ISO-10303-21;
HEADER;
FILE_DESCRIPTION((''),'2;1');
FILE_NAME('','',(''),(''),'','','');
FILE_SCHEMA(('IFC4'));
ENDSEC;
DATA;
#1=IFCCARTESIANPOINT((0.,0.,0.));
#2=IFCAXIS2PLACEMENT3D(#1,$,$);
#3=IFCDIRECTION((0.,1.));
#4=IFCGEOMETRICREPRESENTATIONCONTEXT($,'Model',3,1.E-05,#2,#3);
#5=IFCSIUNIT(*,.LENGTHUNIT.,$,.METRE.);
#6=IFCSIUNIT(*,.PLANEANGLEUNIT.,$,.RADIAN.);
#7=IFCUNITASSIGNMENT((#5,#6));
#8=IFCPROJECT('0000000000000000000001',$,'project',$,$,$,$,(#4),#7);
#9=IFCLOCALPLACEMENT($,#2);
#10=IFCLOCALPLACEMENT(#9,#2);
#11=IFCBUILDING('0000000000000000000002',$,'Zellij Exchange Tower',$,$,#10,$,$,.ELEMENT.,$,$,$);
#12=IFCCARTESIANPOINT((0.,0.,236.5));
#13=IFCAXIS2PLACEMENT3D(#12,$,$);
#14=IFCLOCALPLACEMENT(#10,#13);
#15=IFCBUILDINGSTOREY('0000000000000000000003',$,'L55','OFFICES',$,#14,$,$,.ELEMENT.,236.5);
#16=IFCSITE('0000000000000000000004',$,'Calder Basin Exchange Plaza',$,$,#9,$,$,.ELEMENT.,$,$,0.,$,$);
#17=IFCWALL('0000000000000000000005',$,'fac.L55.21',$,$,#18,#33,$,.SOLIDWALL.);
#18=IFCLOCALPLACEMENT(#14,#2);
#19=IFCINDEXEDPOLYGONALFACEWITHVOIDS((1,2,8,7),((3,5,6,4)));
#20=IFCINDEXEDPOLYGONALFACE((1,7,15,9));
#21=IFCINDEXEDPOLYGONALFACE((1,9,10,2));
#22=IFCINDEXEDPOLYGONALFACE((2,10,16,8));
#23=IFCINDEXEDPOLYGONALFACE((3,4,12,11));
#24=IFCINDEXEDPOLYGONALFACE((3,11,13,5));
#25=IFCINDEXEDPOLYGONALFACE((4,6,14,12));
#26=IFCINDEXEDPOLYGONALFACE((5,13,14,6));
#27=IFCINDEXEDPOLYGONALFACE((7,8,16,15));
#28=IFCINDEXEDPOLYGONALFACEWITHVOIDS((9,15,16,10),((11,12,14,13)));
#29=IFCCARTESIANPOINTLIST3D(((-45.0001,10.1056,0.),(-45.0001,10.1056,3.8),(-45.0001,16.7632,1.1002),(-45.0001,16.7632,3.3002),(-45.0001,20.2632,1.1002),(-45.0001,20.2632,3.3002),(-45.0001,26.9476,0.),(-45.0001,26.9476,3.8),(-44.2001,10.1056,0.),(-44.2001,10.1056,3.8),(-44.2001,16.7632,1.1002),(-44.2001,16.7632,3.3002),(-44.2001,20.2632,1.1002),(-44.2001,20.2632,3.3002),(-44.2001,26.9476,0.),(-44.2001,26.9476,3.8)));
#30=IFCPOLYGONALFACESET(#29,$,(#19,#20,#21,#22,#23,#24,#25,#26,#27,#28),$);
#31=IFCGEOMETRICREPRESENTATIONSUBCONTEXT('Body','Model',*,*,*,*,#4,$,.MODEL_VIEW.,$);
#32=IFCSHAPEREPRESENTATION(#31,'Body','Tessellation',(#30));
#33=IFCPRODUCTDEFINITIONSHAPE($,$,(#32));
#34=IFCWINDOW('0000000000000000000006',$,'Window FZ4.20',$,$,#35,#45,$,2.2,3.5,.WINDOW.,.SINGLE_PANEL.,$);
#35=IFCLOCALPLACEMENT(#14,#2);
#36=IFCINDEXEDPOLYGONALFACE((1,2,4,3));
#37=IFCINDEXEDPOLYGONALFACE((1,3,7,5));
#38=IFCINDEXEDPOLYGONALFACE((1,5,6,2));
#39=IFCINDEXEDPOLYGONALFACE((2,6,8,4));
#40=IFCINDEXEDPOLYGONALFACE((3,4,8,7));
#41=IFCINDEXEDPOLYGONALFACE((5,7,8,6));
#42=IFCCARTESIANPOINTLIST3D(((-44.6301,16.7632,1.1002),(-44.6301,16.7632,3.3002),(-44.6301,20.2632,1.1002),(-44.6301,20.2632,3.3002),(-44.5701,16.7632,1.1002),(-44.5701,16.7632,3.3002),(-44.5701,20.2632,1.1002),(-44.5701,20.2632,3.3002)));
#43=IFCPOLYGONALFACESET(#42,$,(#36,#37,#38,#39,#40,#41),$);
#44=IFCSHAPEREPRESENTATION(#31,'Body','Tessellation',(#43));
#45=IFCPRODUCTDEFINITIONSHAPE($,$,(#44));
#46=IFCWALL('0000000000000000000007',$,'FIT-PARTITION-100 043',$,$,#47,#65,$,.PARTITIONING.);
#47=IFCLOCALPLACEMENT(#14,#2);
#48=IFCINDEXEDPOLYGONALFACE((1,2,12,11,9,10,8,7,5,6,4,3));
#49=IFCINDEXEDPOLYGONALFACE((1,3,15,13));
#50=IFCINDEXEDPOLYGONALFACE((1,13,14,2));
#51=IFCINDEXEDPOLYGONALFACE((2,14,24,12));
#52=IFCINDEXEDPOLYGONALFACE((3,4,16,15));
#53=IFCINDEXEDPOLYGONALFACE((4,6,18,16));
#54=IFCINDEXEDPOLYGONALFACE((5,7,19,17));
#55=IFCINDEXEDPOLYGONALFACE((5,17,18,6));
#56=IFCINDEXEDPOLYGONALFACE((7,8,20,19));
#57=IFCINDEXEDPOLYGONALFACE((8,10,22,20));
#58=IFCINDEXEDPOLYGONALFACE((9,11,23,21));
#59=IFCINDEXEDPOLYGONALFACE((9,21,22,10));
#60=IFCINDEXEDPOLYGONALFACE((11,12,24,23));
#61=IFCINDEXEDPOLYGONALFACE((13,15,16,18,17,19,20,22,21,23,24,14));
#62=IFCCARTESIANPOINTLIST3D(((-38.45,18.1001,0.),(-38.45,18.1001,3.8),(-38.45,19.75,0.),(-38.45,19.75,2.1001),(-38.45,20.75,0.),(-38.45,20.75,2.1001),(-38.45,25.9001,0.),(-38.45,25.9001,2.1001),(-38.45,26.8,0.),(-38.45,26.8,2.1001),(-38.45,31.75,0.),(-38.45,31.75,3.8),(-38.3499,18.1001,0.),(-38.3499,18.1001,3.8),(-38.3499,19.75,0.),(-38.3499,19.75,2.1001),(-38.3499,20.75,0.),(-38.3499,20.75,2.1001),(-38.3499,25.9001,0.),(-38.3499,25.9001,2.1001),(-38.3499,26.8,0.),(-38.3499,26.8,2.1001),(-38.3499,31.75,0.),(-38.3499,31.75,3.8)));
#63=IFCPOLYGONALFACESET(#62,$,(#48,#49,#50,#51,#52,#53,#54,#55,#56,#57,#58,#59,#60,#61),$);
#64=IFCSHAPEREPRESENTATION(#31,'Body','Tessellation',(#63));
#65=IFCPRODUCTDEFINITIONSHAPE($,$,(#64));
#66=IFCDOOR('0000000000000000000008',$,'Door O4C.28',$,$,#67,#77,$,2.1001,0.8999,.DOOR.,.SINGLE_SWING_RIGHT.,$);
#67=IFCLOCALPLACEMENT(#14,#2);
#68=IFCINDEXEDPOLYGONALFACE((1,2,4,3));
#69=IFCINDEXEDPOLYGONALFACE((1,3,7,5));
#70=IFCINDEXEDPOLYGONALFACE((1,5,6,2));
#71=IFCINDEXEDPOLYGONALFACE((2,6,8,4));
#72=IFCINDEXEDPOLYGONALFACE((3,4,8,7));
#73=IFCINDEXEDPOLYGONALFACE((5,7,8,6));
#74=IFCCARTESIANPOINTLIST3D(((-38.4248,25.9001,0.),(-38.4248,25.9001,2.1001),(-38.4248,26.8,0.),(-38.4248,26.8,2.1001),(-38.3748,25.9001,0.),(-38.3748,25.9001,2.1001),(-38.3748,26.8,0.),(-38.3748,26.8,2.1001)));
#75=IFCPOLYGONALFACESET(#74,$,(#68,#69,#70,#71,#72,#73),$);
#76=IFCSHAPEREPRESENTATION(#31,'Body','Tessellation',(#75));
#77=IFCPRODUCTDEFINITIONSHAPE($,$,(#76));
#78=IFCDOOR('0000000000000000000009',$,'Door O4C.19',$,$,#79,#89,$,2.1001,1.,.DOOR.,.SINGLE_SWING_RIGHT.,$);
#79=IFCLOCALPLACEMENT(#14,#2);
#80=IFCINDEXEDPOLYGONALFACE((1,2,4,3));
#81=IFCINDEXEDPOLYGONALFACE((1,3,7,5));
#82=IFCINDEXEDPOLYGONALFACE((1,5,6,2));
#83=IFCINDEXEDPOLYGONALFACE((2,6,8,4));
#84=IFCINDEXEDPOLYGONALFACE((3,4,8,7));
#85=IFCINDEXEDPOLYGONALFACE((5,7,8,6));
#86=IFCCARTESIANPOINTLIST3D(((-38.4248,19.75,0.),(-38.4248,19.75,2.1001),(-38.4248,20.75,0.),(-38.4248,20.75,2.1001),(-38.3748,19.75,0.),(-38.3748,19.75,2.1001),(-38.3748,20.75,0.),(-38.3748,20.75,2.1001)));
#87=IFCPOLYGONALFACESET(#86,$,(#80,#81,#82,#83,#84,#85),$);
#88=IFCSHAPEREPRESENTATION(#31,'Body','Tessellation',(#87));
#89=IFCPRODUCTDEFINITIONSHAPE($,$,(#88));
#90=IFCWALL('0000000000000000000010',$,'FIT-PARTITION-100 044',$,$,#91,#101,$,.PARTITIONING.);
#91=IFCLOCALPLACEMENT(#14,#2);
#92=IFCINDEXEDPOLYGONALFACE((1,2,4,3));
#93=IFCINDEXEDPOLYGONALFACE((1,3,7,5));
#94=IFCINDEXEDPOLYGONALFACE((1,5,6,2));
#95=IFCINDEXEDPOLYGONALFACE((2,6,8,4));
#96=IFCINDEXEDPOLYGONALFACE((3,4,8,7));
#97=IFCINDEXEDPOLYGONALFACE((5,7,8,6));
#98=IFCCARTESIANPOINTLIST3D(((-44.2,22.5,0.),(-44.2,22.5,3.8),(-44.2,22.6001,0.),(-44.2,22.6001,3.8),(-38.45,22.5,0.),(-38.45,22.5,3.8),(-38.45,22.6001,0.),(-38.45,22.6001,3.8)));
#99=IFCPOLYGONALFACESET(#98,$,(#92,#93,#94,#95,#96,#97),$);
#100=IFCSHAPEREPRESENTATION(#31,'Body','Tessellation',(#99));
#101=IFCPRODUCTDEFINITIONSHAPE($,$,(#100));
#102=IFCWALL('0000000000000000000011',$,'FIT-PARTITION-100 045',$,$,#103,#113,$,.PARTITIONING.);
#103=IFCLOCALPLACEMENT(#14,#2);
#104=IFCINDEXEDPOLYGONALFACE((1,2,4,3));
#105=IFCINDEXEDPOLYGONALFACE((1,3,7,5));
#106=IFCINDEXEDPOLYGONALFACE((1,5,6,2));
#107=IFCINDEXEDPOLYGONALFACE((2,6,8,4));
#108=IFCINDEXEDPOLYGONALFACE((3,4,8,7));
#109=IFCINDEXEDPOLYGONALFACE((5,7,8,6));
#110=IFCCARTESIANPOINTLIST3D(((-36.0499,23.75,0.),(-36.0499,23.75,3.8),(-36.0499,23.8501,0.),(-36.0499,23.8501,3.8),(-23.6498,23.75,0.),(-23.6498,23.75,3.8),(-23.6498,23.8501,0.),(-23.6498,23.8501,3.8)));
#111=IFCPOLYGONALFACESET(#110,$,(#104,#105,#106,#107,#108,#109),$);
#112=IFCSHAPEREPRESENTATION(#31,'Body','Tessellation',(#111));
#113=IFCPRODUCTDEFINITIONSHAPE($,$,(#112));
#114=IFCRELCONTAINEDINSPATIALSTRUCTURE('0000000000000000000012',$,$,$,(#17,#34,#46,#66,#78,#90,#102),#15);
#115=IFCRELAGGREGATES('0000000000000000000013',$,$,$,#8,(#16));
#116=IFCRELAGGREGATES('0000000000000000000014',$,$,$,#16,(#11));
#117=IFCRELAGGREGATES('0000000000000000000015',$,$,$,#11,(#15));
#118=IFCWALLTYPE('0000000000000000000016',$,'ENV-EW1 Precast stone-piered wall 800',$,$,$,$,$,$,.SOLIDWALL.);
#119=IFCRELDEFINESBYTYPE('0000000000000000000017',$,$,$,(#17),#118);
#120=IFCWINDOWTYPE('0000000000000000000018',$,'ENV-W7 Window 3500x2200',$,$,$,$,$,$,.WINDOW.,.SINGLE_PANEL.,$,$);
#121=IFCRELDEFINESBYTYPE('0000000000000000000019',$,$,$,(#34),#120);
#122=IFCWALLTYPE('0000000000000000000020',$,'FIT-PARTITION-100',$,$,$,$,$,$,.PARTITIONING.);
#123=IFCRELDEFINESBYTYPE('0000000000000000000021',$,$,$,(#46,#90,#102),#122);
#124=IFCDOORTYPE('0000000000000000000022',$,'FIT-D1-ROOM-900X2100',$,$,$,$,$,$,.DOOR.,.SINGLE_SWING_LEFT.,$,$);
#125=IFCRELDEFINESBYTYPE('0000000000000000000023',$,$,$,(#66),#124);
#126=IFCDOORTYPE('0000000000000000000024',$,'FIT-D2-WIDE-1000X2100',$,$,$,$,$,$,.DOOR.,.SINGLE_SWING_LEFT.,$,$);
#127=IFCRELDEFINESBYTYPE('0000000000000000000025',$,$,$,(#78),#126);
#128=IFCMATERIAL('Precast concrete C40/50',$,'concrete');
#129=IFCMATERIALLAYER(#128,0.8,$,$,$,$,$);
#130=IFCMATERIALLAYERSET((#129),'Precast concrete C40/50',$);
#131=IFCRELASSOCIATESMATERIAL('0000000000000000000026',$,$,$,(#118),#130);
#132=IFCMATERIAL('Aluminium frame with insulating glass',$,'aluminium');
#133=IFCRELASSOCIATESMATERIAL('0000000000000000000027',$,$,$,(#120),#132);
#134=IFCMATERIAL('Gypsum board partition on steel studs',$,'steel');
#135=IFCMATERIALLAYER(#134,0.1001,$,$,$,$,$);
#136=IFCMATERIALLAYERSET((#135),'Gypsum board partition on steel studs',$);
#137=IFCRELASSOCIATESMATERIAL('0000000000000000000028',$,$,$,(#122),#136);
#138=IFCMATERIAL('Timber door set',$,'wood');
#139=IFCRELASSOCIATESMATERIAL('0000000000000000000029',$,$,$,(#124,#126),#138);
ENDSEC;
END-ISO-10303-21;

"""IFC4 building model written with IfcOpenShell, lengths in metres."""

from ifc_helpers import new_model, si_unit, direction, frame, frame_2d, origin, place, context, subcontext, project, spatial, rectangle, extrude, material, layer, layer_set, type_object, element, fill, save


model = new_model("IFC4")

# Units and contexts
model_context = context("Model", 3, precision=1e-05, world=origin(), true_north=direction((0.0, 1.0)))
body_context = subcontext(model_context, "Body", "Model", "MODEL_VIEW")
ifc_project = project(units=[si_unit("LENGTHUNIT", "METRE"), si_unit("PLANEANGLEUNIT", "RADIAN")], contexts=[model_context])

# Site, building, storey
site_placement = place(None, origin())
site = spatial("IfcSite", under=ifc_project, at=site_placement, Name="Calder Basin Exchange Plaza", CompositionType="ELEMENT", RefElevation=0.0)
building_placement = place(site_placement, origin())
building = spatial("IfcBuilding", under=site, at=building_placement, Name="Zellij Exchange Tower", CompositionType="ELEMENT")
storey_placement = place(building_placement, frame((0.0, 0.0, 236.5)))
storey = spatial("IfcBuildingStorey", under=building, at=storey_placement, Name="L55", Description="OFFICES", CompositionType="ELEMENT", Elevation=236.5)

# Shared definitions
ifc_material_1 = material(Name="Precast concrete C40/50", Category="concrete")
ifc_layer_1 = layer(ifc_material_1, 0.8)
ifc_layer_set_1 = layer_set([ifc_layer_1], Name="Precast concrete C40/50")
wall_type_1 = type_object("IfcWallType", Name="ENV-EW1 Precast stone-piered wall 800", PredefinedType="SOLIDWALL", material=ifc_layer_set_1)

# Wall, opening, window
wall_1_placement = place(storey_placement, frame((-44.6001, 26.9475, 0.0), z_axis=(0.0, 0.0, 1.0), x_axis=(0.0, -1.0, 0.0)))
wall_1 = element("IfcWall", 1, at=wall_1_placement, inside=storey, type_object=wall_type_1, Name="fac.L55.21", PredefinedType="SOLIDWALL", context=body_context, shape_type="SweptSolid", body=[
    extrude(rectangle(XDim=16.842, YDim=0.8, at=frame_2d((8.4209, 0.0))), origin(), (0.0, 0.0, 1.0), 3.8),
])
opening_1_placement = place(wall_1_placement, frame((6.6843, 0.0, 1.1001)))
opening_1 = element("IfcOpeningElement", 2, at=opening_1_placement, cuts=wall_1, PredefinedType="OPENING", context=body_context, shape_type="SweptSolid", body=[
    extrude(rectangle(XDim=3.5, YDim=2.2, at=frame_2d((1.75, 1.1001))), frame((0.0, 0.4121, 0.0), z_axis=(0.0, -1.0, 0.0), x_axis=(1.0, 0.0, 0.0)), (0.0, 0.0, 1.0), 0.824),
])
ifc_material_2 = material(Name="Aluminium frame with insulating glass", Category="aluminium")
window_type = type_object("IfcWindowType", Name="ENV-W7 Window 3500x2200", PartitioningType="SINGLE_PANEL", PredefinedType="WINDOW", material=ifc_material_2)
window_placement = place(opening_1_placement, origin())
window = element("IfcWindow", 3, at=window_placement, inside=storey, type_object=window_type, Name="Window FZ4.20", OverallHeight=2.2, OverallWidth=3.5, PartitioningType="SINGLE_PANEL", PredefinedType="WINDOW", context=body_context, shape_type="SweptSolid", body=[
    extrude(rectangle(XDim=3.5, YDim=2.2, at=frame_2d((1.75, 1.1001))), frame((0.0, 0.03, 0.0), z_axis=(0.0, -1.0, 0.0), x_axis=(1.0, 0.0, 0.0)), (0.0, 0.0, 1.0), 0.0601),
])
fill(opening_1, window)

# Wall, openings, doors
ifc_material_3 = material(Name="Gypsum board partition on steel studs", Category="steel")
ifc_layer_2 = layer(ifc_material_3, 0.1001)
ifc_layer_set_2 = layer_set([ifc_layer_2], Name="Gypsum board partition on steel studs")
wall_type_2 = type_object("IfcWallType", Name="FIT-PARTITION-100", PredefinedType="PARTITIONING", material=ifc_layer_set_2)
wall_2_placement = place(storey_placement, frame((-38.3999, 18.1001, 0.0), z_axis=(0.0, 0.0, 1.0), x_axis=(0.0, 1.0, 0.0)))
wall_2 = element("IfcWall", 4, at=wall_2_placement, inside=storey, type_object=wall_type_2, Name="FIT-PARTITION-100 043", PredefinedType="PARTITIONING", context=body_context, shape_type="SweptSolid", body=[
    extrude(rectangle(XDim=13.6499, YDim=0.1001, at=frame_2d((6.825, 0.0))), origin(), (0.0, 0.0, 1.0), 3.8),
])
opening_2_placement = place(wall_2_placement, frame((1.6499, 0.0, 0.0)))
opening_2 = element("IfcOpeningElement", 5, at=opening_2_placement, cuts=wall_2, PredefinedType="OPENING", context=body_context, shape_type="SweptSolid", body=[
    extrude(rectangle(XDim=1.0, YDim=2.1001, at=frame_2d((0.5, 1.05))), frame((0.0, 0.062, 0.0), z_axis=(0.0, -1.0, 0.0), x_axis=(1.0, 0.0, 0.0)), (0.0, 0.0, 1.0), 0.124),
])
opening_3_placement = place(wall_2_placement, frame((7.8, 0.0, 0.0)))
opening_3 = element("IfcOpeningElement", 6, at=opening_3_placement, cuts=wall_2, PredefinedType="OPENING", context=body_context, shape_type="SweptSolid", body=[
    extrude(rectangle(XDim=0.8999, YDim=2.1001, at=frame_2d((0.45, 1.05))), frame((0.0, 0.062, 0.0), z_axis=(0.0, -1.0, 0.0), x_axis=(1.0, 0.0, 0.0)), (0.0, 0.0, 1.0), 0.124),
])
ifc_material_4 = material(Name="Timber door set", Category="wood")
door_type_1 = type_object("IfcDoorType", Name="FIT-D1-ROOM-900X2100", OperationType="SINGLE_SWING_LEFT", PredefinedType="DOOR", material=ifc_material_4)
door_1_placement = place(opening_3_placement, origin())
door_1 = element("IfcDoor", 7, at=door_1_placement, inside=storey, type_object=door_type_1, Name="Door O4C.28", OperationType="SINGLE_SWING_RIGHT", OverallHeight=2.1001, OverallWidth=0.8999, PredefinedType="DOOR", context=body_context, shape_type="SweptSolid", body=[
    extrude(rectangle(XDim=0.8999, YDim=2.1001, at=frame_2d((0.45, 1.05))), frame((0.0, 0.0249, 0.0), z_axis=(0.0, -1.0, 0.0), x_axis=(1.0, 0.0, 0.0)), (0.0, 0.0, 1.0), 0.05),
])
fill(opening_3, door_1)
door_type_2 = type_object("IfcDoorType", Name="FIT-D2-WIDE-1000X2100", OperationType="SINGLE_SWING_LEFT", PredefinedType="DOOR", material=ifc_material_4)
door_2_placement = place(opening_2_placement, origin())
door_2 = element("IfcDoor", 8, at=door_2_placement, inside=storey, type_object=door_type_2, Name="Door O4C.19", OperationType="SINGLE_SWING_RIGHT", OverallHeight=2.1001, OverallWidth=1.0, PredefinedType="DOOR", context=body_context, shape_type="SweptSolid", body=[
    extrude(rectangle(XDim=1.0, YDim=2.1001, at=frame_2d((0.5, 1.05))), frame((0.0, 0.0249, 0.0), z_axis=(0.0, -1.0, 0.0), x_axis=(1.0, 0.0, 0.0)), (0.0, 0.0, 1.0), 0.05),
])
fill(opening_2, door_2)

# Walls
wall_3_placement = place(storey_placement, frame((-44.2, 22.55, 0.0), z_axis=(0.0, 0.0, 1.0), x_axis=(1.0, 0.0, 0.0)))
element("IfcWall", 9, at=wall_3_placement, inside=storey, type_object=wall_type_2, Name="FIT-PARTITION-100 044", PredefinedType="PARTITIONING", context=body_context, shape_type="SweptSolid", body=[
    extrude(rectangle(XDim=5.75, YDim=0.1001, at=frame_2d((2.875, 0.0))), origin(), (0.0, 0.0, 1.0), 3.8),
])
wall_4_placement = place(storey_placement, frame((-36.05, 23.8, 0.0), z_axis=(0.0, 0.0, 1.0), x_axis=(1.0, 0.0, 0.0)))
element("IfcWall", 10, at=wall_4_placement, inside=storey, type_object=wall_type_2, Name="FIT-PARTITION-100 045", PredefinedType="PARTITIONING", context=body_context, shape_type="SweptSolid", body=[
    extrude(rectangle(XDim=12.4001, YDim=0.1001, at=frame_2d((6.2002, 0.0))), origin(), (0.0, 0.0, 1.0), 3.8),
])

save(model, "model.ifc")
